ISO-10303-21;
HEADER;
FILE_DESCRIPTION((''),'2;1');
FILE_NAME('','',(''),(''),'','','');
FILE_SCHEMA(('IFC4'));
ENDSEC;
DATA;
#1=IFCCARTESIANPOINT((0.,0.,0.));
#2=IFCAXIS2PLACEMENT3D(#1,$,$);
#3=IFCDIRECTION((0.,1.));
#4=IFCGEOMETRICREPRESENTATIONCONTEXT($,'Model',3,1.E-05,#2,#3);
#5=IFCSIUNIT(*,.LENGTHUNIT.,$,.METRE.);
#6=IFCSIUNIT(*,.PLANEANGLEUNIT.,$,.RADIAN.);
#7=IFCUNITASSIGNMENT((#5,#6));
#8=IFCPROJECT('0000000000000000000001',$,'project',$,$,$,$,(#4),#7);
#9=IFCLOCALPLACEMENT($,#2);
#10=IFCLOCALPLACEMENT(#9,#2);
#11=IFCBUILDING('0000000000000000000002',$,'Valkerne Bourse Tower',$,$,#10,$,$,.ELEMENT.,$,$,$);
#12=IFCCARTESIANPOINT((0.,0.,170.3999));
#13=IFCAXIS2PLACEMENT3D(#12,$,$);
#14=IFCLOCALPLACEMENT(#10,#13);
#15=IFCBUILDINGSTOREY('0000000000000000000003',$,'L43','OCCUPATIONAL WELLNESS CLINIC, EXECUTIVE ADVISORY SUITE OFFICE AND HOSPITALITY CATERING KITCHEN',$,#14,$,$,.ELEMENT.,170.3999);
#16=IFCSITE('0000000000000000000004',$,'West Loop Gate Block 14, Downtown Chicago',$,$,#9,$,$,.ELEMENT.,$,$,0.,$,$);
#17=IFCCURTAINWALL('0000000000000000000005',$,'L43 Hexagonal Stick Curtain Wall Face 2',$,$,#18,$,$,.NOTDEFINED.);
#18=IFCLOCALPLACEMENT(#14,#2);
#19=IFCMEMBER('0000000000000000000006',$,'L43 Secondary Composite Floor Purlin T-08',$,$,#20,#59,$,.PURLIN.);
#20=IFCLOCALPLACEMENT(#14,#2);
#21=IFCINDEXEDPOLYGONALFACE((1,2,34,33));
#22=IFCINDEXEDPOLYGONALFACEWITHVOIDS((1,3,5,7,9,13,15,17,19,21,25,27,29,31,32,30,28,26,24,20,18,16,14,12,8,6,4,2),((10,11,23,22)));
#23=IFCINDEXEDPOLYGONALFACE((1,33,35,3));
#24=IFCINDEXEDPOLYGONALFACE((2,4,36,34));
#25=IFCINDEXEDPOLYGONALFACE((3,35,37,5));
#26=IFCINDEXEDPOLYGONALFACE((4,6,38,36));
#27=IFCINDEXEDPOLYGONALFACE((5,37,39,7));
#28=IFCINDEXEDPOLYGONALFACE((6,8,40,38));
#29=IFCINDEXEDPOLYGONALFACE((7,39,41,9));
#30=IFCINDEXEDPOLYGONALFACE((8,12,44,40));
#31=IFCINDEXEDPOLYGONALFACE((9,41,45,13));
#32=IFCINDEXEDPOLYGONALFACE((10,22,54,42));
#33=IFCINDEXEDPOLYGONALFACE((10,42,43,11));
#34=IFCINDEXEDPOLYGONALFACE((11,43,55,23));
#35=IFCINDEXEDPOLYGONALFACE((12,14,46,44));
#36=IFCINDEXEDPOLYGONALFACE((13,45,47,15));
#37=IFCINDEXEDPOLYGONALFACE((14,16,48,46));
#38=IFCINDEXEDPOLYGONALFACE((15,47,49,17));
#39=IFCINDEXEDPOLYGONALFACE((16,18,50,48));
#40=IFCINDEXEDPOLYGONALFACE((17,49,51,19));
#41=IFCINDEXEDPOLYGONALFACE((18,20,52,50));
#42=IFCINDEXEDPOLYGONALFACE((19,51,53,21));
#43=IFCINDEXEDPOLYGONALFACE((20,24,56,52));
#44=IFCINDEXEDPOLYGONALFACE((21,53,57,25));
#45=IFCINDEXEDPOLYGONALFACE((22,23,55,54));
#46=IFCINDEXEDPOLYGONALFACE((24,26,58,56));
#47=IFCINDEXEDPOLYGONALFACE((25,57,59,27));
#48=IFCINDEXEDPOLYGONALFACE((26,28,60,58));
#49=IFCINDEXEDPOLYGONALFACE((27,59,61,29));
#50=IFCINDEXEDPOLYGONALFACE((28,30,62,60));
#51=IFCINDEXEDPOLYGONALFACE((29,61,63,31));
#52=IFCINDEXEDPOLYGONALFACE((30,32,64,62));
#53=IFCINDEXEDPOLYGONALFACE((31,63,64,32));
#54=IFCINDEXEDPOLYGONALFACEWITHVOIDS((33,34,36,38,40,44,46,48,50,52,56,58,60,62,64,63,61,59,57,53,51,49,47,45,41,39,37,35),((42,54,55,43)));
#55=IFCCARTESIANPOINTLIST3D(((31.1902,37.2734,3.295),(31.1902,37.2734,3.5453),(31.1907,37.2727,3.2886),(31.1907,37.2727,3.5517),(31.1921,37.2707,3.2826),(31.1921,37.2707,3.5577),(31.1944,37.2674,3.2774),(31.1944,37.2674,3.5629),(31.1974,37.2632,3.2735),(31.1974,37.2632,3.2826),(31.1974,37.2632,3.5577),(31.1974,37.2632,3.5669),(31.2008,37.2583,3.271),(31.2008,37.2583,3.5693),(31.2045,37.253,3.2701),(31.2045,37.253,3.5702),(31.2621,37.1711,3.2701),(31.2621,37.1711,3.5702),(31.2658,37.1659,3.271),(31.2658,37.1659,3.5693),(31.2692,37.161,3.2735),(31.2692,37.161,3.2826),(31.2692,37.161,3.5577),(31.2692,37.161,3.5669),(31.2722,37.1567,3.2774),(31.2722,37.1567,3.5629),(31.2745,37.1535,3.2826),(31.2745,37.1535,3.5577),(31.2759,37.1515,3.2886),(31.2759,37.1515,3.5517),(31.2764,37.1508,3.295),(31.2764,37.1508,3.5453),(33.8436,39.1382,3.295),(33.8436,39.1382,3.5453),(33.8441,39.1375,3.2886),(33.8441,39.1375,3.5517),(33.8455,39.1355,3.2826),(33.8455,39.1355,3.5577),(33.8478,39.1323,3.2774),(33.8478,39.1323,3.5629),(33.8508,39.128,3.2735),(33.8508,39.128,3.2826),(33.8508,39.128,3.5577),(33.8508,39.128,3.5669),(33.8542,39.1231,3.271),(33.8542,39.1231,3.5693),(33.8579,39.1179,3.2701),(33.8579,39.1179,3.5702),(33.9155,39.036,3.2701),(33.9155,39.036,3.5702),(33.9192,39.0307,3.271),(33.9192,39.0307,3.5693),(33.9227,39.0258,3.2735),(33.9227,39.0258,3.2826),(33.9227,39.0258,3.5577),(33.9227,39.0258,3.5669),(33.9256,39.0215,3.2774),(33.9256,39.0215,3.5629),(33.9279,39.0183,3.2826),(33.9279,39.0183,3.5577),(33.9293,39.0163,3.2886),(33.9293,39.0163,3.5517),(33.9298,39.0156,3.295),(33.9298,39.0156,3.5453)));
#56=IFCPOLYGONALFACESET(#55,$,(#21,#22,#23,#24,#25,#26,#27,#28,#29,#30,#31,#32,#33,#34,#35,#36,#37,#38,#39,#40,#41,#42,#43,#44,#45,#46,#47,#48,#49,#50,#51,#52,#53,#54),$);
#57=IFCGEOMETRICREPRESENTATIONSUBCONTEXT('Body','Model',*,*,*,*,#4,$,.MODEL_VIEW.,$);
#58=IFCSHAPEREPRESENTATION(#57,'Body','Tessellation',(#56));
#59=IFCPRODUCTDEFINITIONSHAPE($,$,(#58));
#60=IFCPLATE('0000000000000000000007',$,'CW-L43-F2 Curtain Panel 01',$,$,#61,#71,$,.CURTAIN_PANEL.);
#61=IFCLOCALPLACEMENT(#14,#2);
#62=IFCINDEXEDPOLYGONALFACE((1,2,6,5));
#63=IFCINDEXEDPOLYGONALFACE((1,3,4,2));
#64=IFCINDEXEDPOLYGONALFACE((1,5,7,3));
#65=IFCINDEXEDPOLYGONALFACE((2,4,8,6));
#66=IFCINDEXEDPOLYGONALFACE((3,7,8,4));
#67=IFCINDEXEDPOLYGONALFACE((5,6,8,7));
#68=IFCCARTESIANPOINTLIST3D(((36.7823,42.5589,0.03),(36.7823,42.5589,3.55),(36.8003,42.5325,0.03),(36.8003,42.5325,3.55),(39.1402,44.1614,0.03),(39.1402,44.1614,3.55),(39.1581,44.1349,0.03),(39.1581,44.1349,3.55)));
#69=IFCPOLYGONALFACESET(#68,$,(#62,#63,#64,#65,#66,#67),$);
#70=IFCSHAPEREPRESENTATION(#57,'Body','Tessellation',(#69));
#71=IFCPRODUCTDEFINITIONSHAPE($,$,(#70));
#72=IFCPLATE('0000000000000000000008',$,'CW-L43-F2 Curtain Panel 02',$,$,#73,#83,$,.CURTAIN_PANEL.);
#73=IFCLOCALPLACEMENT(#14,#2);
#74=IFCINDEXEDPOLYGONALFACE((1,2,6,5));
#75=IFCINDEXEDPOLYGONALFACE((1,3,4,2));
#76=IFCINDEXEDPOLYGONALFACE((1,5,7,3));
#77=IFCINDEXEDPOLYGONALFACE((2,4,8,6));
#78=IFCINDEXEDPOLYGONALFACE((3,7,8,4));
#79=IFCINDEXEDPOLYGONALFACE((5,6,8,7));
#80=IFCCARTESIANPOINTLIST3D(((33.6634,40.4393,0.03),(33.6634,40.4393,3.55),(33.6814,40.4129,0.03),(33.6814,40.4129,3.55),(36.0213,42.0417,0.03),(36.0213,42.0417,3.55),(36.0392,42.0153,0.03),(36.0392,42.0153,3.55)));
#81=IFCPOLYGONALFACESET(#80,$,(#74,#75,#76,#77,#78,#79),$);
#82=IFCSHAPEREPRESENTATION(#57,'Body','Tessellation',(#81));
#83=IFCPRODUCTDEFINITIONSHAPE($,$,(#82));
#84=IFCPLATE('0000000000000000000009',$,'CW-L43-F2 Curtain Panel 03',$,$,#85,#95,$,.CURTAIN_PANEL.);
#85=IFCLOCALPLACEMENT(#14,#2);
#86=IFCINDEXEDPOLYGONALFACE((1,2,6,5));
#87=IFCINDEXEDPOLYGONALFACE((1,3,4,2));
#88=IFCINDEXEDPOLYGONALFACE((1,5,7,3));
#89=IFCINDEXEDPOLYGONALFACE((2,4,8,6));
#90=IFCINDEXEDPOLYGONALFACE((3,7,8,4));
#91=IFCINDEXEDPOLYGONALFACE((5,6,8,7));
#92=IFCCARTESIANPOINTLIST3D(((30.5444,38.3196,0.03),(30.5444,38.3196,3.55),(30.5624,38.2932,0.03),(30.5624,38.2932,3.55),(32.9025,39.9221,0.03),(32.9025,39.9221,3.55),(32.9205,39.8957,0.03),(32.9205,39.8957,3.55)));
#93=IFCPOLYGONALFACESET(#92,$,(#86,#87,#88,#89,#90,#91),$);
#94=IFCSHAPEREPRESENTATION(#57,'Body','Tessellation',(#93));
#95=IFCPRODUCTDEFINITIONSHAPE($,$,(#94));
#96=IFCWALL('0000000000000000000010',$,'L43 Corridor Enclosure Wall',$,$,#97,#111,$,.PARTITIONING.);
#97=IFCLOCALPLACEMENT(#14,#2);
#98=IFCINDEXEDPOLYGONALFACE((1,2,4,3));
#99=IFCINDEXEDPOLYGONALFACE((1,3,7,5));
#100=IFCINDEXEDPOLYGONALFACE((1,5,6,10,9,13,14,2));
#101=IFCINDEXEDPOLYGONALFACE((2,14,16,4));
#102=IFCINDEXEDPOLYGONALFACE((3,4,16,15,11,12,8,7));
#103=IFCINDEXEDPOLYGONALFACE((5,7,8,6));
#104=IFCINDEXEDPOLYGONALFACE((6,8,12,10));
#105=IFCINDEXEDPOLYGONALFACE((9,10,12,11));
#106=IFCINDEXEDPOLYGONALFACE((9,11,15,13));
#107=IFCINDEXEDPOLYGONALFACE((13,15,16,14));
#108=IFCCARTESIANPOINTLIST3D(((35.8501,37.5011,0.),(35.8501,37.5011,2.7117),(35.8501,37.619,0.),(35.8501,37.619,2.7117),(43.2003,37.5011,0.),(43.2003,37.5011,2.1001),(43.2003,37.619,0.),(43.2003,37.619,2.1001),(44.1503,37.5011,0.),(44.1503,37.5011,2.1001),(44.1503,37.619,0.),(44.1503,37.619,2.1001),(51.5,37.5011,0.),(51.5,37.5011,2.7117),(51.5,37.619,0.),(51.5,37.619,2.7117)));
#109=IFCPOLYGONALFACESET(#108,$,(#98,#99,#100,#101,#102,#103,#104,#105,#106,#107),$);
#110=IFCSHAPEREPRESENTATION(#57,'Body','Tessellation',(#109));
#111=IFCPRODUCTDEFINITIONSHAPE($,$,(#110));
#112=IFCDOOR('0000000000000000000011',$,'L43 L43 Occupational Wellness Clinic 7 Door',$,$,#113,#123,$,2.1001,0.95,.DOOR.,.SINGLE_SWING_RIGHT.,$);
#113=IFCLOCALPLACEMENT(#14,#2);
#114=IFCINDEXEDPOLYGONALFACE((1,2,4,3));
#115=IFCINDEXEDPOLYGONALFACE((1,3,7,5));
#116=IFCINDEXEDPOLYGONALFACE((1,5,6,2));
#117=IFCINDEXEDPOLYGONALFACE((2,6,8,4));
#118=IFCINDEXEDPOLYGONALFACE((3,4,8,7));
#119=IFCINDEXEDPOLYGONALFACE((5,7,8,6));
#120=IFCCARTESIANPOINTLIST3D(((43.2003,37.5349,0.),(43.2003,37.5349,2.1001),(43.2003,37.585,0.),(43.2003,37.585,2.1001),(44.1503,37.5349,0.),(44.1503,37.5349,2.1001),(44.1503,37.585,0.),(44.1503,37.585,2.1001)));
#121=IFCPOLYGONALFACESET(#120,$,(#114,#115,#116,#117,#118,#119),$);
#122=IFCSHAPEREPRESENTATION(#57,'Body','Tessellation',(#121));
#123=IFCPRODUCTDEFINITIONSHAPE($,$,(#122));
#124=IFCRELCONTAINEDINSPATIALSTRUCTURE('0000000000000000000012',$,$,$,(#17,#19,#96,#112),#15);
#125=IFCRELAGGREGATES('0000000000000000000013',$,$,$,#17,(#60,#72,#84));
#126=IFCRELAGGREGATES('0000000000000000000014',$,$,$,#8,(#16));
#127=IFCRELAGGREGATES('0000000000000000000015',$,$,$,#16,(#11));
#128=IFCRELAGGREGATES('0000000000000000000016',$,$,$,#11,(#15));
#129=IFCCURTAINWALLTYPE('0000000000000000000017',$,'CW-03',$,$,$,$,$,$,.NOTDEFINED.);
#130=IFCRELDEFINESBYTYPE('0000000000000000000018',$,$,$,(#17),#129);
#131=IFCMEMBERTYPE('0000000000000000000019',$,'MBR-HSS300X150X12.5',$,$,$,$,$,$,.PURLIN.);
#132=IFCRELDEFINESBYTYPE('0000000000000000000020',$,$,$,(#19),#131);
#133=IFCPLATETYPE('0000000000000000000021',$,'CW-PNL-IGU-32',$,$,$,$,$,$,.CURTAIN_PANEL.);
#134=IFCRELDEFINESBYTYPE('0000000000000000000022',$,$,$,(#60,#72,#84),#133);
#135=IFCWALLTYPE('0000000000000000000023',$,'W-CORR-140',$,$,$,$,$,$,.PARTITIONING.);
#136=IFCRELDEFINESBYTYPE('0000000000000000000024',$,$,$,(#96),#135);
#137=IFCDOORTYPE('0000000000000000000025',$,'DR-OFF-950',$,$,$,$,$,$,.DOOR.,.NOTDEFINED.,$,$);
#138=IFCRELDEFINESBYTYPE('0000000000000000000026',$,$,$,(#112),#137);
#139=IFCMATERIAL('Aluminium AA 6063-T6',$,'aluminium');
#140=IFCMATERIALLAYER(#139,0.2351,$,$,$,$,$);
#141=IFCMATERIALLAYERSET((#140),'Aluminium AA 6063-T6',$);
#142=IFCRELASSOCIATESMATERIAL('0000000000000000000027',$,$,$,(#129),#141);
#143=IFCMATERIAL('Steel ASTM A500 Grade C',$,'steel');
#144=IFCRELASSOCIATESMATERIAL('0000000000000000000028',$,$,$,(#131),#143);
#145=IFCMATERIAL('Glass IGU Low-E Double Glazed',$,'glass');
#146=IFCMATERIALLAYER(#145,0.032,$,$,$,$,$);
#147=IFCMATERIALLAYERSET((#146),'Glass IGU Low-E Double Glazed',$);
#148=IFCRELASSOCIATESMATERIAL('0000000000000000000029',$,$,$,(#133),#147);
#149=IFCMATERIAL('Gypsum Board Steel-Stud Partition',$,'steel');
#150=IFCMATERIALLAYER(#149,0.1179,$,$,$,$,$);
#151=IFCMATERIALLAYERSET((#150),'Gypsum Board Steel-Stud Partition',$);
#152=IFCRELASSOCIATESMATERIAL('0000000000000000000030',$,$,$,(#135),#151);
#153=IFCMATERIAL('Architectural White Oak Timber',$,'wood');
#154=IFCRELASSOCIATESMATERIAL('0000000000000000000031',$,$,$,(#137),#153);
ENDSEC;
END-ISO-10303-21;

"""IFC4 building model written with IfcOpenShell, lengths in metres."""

from ifc_helpers import new_model, si_unit, direction, frame, frame_2d, origin, origin_2d, place, context, subcontext, project, spatial, rectangle, hollow_rectangle, extrude, material, layer, layer_set, material_profile, profile_set, type_object, element, fill, aggregate, save


model = new_model("IFC4")

# Units and contexts
model_context = context("Model", 3, precision=1e-05, world=origin(), true_north=direction((0.0, 1.0)))
body_context = subcontext(model_context, "Body", "Model", "MODEL_VIEW")
ifc_project = project(units=[si_unit("LENGTHUNIT", "METRE"), si_unit("PLANEANGLEUNIT", "RADIAN")], contexts=[model_context])

# Site, building, storey
site_placement = place(None, origin())
site = spatial("IfcSite", under=ifc_project, at=site_placement, Name="West Loop Gate Block 14, Downtown Chicago", CompositionType="ELEMENT", RefElevation=0.0)
building_placement = place(site_placement, origin())
building = spatial("IfcBuilding", under=site, at=building_placement, Name="Valkerne Bourse Tower", CompositionType="ELEMENT")
storey_placement = place(building_placement, frame((0.0, 0.0, 170.3999)))
storey = spatial("IfcBuildingStorey", under=building, at=storey_placement, Name="L43", Description="OCCUPATIONAL WELLNESS CLINIC, EXECUTIVE ADVISORY SUITE OFFICE AND HOSPITALITY CATERING KITCHEN", CompositionType="ELEMENT", Elevation=170.3999)

# Curtain wall
ifc_material_1 = material(Name="Aluminium AA 6063-T6", Category="aluminium")
ifc_layer_1 = layer(ifc_material_1, 0.2351)
ifc_layer_set_1 = layer_set([ifc_layer_1], Name="Aluminium AA 6063-T6")
curtain_wall_type = type_object("IfcCurtainWallType", Name="CW-03", PredefinedType="NOTDEFINED", material=ifc_layer_set_1)
curtain_wall_placement = place(storey_placement, origin())
curtain_wall = element("IfcCurtainWall", 1, at=curtain_wall_placement, inside=storey, type_object=curtain_wall_type, Name="L43 Hexagonal Stick Curtain Wall Face 2", PredefinedType="NOTDEFINED")

# Member
ifc_material_2 = material(Name="Steel ASTM A500 Grade C", Category="steel")
ifc_material_profile_1 = material_profile(ifc_material_2, hollow_rectangle(XDim=0.1499, YDim=0.3, WallThickness=0.0125, OuterFilletRadius=0.0249, at=origin_2d()), Name="HSS300X150X12.5")
ifc_profile_set_1 = profile_set([ifc_material_profile_1], Name="Steel ASTM A500 Grade C")
member_type_1 = type_object("IfcMemberType", Name="MBR-HSS300X150X12.5", PredefinedType="PURLIN", material=ifc_profile_set_1)
for number, where, z_axis, x_axis, name in (
    (2, (33.8867, 39.0769, 3.4202), (-0.818155, -0.574997, 0.0), (0.574997, -0.818155, 0.0), "L43 Secondary Composite Floor Purlin T-08"),
):
    element("IfcMember", number, at=place(storey_placement, frame(where, z_axis=z_axis, x_axis=x_axis)), inside=storey, type_object=member_type_1, Name=name, PredefinedType="PURLIN", context=body_context, shape_type="SweptSolid", body=[
        extrude(hollow_rectangle(XDim=0.1499, YDim=0.3, WallThickness=0.0125, OuterFilletRadius=0.0249, at=origin_2d()), origin(), (0.0, 0.0, 1.0), 3.2432),
    ])

# Plates
ifc_material_3 = material(Name="Glass IGU Low-E Double Glazed", Category="glass")
ifc_layer_2 = layer(ifc_material_3, 0.032)
ifc_layer_set_2 = layer_set([ifc_layer_2], Name="Glass IGU Low-E Double Glazed")
plate_type = type_object("IfcPlateType", Name="CW-PNL-IGU-32", PredefinedType="CURTAIN_PANEL", material=ifc_layer_set_2)
plate_1_placement = place(storey_placement, frame((37.9702, 43.3469, 0.03), z_axis=(0.0, 0.0, 1.0), x_axis=(-0.827081, -0.562083, 0.0)))
plate_1 = element("IfcPlate", 3, at=plate_1_placement, type_object=plate_type, Name="CW-L43-F2 Curtain Panel 01", PredefinedType="CURTAIN_PANEL", context=body_context, shape_type="SweptSolid", body=[
    extrude(rectangle(XDim=2.8508, YDim=0.032, at=origin_2d()), origin(), (0.0, 0.0, 1.0), 3.52),
])
plate_2_placement = place(storey_placement, frame((34.8513, 41.2273, 0.03), z_axis=(0.0, 0.0, 1.0), x_axis=(-0.827081, -0.562083, 0.0)))
plate_2 = element("IfcPlate", 4, at=plate_2_placement, type_object=plate_type, Name="CW-L43-F2 Curtain Panel 02", PredefinedType="CURTAIN_PANEL", context=body_context, shape_type="SweptSolid", body=[
    extrude(rectangle(XDim=2.8508, YDim=0.032, at=origin_2d()), origin(), (0.0, 0.0, 1.0), 3.52),
])
plate_3_placement = place(storey_placement, frame((31.7324, 39.1077, 0.03), z_axis=(0.0, 0.0, 1.0), x_axis=(-0.827089, -0.562071, 0.0)))
plate_3 = element("IfcPlate", 5, at=plate_3_placement, type_object=plate_type, Name="CW-L43-F2 Curtain Panel 03", PredefinedType="CURTAIN_PANEL", context=body_context, shape_type="SweptSolid", body=[
    extrude(rectangle(XDim=2.8511, YDim=0.032, at=origin_2d()), origin(), (0.0, 0.0, 1.0), 3.52),
])
aggregate(curtain_wall, [plate_1, plate_2, plate_3])

# Wall, opening, door
ifc_material_4 = material(Name="Gypsum Board Steel-Stud Partition", Category="steel")
ifc_layer_3 = layer(ifc_material_4, 0.1179)
ifc_layer_set_3 = layer_set([ifc_layer_3], Name="Gypsum Board Steel-Stud Partition")
wall_type = type_object("IfcWallType", Name="W-CORR-140", PredefinedType="PARTITIONING", material=ifc_layer_set_3)
wall_placement = place(storey_placement, frame((35.8501, 37.5601, 0.0), z_axis=(0.0, 0.0, 1.0), x_axis=(1.0, 0.0, 0.0)))
wall = element("IfcWall", 6, at=wall_placement, inside=storey, type_object=wall_type, Name="L43 Corridor Enclosure Wall", PredefinedType="PARTITIONING", context=body_context, shape_type="SweptSolid", body=[
    extrude(rectangle(XDim=15.6499, YDim=0.1179, at=frame_2d((7.825, 0.0))), origin(), (0.0, 0.0, 1.0), 2.7117),
])
opening_placement = place(wall_placement, frame((7.3501, 0.0, 0.0)))
opening = element("IfcOpeningElement", 7, at=opening_placement, cuts=wall, PredefinedType="OPENING", context=body_context, shape_type="SweptSolid", body=[
    extrude(rectangle(XDim=0.95, YDim=2.1001, at=frame_2d((0.4751, 1.05))), frame((0.0, 0.0688, 0.0), z_axis=(0.0, -1.0, 0.0), x_axis=(1.0, 0.0, 0.0)), (0.0, 0.0, 1.0), 0.1379),
])
ifc_material_5 = material(Name="Architectural White Oak Timber", Category="wood")
door_type = type_object("IfcDoorType", Name="DR-OFF-950", OperationType="NOTDEFINED", PredefinedType="DOOR", material=ifc_material_5)
door_placement = place(opening_placement, origin())
door = element("IfcDoor", 8, at=door_placement, inside=storey, type_object=door_type, Name="L43 L43 Occupational Wellness Clinic 7 Door", OperationType="SINGLE_SWING_RIGHT", OverallHeight=2.1001, OverallWidth=0.95, PredefinedType="DOOR", context=body_context, shape_type="SweptSolid", body=[
    extrude(rectangle(XDim=0.95, YDim=2.1001, at=frame_2d((0.4751, 1.05))), frame((0.0, 0.0249, 0.0), z_axis=(0.0, -1.0, 0.0), x_axis=(1.0, 0.0, 0.0)), (0.0, 0.0, 1.0), 0.05),
])
fill(opening, door)

save(model, "model.ifc")
